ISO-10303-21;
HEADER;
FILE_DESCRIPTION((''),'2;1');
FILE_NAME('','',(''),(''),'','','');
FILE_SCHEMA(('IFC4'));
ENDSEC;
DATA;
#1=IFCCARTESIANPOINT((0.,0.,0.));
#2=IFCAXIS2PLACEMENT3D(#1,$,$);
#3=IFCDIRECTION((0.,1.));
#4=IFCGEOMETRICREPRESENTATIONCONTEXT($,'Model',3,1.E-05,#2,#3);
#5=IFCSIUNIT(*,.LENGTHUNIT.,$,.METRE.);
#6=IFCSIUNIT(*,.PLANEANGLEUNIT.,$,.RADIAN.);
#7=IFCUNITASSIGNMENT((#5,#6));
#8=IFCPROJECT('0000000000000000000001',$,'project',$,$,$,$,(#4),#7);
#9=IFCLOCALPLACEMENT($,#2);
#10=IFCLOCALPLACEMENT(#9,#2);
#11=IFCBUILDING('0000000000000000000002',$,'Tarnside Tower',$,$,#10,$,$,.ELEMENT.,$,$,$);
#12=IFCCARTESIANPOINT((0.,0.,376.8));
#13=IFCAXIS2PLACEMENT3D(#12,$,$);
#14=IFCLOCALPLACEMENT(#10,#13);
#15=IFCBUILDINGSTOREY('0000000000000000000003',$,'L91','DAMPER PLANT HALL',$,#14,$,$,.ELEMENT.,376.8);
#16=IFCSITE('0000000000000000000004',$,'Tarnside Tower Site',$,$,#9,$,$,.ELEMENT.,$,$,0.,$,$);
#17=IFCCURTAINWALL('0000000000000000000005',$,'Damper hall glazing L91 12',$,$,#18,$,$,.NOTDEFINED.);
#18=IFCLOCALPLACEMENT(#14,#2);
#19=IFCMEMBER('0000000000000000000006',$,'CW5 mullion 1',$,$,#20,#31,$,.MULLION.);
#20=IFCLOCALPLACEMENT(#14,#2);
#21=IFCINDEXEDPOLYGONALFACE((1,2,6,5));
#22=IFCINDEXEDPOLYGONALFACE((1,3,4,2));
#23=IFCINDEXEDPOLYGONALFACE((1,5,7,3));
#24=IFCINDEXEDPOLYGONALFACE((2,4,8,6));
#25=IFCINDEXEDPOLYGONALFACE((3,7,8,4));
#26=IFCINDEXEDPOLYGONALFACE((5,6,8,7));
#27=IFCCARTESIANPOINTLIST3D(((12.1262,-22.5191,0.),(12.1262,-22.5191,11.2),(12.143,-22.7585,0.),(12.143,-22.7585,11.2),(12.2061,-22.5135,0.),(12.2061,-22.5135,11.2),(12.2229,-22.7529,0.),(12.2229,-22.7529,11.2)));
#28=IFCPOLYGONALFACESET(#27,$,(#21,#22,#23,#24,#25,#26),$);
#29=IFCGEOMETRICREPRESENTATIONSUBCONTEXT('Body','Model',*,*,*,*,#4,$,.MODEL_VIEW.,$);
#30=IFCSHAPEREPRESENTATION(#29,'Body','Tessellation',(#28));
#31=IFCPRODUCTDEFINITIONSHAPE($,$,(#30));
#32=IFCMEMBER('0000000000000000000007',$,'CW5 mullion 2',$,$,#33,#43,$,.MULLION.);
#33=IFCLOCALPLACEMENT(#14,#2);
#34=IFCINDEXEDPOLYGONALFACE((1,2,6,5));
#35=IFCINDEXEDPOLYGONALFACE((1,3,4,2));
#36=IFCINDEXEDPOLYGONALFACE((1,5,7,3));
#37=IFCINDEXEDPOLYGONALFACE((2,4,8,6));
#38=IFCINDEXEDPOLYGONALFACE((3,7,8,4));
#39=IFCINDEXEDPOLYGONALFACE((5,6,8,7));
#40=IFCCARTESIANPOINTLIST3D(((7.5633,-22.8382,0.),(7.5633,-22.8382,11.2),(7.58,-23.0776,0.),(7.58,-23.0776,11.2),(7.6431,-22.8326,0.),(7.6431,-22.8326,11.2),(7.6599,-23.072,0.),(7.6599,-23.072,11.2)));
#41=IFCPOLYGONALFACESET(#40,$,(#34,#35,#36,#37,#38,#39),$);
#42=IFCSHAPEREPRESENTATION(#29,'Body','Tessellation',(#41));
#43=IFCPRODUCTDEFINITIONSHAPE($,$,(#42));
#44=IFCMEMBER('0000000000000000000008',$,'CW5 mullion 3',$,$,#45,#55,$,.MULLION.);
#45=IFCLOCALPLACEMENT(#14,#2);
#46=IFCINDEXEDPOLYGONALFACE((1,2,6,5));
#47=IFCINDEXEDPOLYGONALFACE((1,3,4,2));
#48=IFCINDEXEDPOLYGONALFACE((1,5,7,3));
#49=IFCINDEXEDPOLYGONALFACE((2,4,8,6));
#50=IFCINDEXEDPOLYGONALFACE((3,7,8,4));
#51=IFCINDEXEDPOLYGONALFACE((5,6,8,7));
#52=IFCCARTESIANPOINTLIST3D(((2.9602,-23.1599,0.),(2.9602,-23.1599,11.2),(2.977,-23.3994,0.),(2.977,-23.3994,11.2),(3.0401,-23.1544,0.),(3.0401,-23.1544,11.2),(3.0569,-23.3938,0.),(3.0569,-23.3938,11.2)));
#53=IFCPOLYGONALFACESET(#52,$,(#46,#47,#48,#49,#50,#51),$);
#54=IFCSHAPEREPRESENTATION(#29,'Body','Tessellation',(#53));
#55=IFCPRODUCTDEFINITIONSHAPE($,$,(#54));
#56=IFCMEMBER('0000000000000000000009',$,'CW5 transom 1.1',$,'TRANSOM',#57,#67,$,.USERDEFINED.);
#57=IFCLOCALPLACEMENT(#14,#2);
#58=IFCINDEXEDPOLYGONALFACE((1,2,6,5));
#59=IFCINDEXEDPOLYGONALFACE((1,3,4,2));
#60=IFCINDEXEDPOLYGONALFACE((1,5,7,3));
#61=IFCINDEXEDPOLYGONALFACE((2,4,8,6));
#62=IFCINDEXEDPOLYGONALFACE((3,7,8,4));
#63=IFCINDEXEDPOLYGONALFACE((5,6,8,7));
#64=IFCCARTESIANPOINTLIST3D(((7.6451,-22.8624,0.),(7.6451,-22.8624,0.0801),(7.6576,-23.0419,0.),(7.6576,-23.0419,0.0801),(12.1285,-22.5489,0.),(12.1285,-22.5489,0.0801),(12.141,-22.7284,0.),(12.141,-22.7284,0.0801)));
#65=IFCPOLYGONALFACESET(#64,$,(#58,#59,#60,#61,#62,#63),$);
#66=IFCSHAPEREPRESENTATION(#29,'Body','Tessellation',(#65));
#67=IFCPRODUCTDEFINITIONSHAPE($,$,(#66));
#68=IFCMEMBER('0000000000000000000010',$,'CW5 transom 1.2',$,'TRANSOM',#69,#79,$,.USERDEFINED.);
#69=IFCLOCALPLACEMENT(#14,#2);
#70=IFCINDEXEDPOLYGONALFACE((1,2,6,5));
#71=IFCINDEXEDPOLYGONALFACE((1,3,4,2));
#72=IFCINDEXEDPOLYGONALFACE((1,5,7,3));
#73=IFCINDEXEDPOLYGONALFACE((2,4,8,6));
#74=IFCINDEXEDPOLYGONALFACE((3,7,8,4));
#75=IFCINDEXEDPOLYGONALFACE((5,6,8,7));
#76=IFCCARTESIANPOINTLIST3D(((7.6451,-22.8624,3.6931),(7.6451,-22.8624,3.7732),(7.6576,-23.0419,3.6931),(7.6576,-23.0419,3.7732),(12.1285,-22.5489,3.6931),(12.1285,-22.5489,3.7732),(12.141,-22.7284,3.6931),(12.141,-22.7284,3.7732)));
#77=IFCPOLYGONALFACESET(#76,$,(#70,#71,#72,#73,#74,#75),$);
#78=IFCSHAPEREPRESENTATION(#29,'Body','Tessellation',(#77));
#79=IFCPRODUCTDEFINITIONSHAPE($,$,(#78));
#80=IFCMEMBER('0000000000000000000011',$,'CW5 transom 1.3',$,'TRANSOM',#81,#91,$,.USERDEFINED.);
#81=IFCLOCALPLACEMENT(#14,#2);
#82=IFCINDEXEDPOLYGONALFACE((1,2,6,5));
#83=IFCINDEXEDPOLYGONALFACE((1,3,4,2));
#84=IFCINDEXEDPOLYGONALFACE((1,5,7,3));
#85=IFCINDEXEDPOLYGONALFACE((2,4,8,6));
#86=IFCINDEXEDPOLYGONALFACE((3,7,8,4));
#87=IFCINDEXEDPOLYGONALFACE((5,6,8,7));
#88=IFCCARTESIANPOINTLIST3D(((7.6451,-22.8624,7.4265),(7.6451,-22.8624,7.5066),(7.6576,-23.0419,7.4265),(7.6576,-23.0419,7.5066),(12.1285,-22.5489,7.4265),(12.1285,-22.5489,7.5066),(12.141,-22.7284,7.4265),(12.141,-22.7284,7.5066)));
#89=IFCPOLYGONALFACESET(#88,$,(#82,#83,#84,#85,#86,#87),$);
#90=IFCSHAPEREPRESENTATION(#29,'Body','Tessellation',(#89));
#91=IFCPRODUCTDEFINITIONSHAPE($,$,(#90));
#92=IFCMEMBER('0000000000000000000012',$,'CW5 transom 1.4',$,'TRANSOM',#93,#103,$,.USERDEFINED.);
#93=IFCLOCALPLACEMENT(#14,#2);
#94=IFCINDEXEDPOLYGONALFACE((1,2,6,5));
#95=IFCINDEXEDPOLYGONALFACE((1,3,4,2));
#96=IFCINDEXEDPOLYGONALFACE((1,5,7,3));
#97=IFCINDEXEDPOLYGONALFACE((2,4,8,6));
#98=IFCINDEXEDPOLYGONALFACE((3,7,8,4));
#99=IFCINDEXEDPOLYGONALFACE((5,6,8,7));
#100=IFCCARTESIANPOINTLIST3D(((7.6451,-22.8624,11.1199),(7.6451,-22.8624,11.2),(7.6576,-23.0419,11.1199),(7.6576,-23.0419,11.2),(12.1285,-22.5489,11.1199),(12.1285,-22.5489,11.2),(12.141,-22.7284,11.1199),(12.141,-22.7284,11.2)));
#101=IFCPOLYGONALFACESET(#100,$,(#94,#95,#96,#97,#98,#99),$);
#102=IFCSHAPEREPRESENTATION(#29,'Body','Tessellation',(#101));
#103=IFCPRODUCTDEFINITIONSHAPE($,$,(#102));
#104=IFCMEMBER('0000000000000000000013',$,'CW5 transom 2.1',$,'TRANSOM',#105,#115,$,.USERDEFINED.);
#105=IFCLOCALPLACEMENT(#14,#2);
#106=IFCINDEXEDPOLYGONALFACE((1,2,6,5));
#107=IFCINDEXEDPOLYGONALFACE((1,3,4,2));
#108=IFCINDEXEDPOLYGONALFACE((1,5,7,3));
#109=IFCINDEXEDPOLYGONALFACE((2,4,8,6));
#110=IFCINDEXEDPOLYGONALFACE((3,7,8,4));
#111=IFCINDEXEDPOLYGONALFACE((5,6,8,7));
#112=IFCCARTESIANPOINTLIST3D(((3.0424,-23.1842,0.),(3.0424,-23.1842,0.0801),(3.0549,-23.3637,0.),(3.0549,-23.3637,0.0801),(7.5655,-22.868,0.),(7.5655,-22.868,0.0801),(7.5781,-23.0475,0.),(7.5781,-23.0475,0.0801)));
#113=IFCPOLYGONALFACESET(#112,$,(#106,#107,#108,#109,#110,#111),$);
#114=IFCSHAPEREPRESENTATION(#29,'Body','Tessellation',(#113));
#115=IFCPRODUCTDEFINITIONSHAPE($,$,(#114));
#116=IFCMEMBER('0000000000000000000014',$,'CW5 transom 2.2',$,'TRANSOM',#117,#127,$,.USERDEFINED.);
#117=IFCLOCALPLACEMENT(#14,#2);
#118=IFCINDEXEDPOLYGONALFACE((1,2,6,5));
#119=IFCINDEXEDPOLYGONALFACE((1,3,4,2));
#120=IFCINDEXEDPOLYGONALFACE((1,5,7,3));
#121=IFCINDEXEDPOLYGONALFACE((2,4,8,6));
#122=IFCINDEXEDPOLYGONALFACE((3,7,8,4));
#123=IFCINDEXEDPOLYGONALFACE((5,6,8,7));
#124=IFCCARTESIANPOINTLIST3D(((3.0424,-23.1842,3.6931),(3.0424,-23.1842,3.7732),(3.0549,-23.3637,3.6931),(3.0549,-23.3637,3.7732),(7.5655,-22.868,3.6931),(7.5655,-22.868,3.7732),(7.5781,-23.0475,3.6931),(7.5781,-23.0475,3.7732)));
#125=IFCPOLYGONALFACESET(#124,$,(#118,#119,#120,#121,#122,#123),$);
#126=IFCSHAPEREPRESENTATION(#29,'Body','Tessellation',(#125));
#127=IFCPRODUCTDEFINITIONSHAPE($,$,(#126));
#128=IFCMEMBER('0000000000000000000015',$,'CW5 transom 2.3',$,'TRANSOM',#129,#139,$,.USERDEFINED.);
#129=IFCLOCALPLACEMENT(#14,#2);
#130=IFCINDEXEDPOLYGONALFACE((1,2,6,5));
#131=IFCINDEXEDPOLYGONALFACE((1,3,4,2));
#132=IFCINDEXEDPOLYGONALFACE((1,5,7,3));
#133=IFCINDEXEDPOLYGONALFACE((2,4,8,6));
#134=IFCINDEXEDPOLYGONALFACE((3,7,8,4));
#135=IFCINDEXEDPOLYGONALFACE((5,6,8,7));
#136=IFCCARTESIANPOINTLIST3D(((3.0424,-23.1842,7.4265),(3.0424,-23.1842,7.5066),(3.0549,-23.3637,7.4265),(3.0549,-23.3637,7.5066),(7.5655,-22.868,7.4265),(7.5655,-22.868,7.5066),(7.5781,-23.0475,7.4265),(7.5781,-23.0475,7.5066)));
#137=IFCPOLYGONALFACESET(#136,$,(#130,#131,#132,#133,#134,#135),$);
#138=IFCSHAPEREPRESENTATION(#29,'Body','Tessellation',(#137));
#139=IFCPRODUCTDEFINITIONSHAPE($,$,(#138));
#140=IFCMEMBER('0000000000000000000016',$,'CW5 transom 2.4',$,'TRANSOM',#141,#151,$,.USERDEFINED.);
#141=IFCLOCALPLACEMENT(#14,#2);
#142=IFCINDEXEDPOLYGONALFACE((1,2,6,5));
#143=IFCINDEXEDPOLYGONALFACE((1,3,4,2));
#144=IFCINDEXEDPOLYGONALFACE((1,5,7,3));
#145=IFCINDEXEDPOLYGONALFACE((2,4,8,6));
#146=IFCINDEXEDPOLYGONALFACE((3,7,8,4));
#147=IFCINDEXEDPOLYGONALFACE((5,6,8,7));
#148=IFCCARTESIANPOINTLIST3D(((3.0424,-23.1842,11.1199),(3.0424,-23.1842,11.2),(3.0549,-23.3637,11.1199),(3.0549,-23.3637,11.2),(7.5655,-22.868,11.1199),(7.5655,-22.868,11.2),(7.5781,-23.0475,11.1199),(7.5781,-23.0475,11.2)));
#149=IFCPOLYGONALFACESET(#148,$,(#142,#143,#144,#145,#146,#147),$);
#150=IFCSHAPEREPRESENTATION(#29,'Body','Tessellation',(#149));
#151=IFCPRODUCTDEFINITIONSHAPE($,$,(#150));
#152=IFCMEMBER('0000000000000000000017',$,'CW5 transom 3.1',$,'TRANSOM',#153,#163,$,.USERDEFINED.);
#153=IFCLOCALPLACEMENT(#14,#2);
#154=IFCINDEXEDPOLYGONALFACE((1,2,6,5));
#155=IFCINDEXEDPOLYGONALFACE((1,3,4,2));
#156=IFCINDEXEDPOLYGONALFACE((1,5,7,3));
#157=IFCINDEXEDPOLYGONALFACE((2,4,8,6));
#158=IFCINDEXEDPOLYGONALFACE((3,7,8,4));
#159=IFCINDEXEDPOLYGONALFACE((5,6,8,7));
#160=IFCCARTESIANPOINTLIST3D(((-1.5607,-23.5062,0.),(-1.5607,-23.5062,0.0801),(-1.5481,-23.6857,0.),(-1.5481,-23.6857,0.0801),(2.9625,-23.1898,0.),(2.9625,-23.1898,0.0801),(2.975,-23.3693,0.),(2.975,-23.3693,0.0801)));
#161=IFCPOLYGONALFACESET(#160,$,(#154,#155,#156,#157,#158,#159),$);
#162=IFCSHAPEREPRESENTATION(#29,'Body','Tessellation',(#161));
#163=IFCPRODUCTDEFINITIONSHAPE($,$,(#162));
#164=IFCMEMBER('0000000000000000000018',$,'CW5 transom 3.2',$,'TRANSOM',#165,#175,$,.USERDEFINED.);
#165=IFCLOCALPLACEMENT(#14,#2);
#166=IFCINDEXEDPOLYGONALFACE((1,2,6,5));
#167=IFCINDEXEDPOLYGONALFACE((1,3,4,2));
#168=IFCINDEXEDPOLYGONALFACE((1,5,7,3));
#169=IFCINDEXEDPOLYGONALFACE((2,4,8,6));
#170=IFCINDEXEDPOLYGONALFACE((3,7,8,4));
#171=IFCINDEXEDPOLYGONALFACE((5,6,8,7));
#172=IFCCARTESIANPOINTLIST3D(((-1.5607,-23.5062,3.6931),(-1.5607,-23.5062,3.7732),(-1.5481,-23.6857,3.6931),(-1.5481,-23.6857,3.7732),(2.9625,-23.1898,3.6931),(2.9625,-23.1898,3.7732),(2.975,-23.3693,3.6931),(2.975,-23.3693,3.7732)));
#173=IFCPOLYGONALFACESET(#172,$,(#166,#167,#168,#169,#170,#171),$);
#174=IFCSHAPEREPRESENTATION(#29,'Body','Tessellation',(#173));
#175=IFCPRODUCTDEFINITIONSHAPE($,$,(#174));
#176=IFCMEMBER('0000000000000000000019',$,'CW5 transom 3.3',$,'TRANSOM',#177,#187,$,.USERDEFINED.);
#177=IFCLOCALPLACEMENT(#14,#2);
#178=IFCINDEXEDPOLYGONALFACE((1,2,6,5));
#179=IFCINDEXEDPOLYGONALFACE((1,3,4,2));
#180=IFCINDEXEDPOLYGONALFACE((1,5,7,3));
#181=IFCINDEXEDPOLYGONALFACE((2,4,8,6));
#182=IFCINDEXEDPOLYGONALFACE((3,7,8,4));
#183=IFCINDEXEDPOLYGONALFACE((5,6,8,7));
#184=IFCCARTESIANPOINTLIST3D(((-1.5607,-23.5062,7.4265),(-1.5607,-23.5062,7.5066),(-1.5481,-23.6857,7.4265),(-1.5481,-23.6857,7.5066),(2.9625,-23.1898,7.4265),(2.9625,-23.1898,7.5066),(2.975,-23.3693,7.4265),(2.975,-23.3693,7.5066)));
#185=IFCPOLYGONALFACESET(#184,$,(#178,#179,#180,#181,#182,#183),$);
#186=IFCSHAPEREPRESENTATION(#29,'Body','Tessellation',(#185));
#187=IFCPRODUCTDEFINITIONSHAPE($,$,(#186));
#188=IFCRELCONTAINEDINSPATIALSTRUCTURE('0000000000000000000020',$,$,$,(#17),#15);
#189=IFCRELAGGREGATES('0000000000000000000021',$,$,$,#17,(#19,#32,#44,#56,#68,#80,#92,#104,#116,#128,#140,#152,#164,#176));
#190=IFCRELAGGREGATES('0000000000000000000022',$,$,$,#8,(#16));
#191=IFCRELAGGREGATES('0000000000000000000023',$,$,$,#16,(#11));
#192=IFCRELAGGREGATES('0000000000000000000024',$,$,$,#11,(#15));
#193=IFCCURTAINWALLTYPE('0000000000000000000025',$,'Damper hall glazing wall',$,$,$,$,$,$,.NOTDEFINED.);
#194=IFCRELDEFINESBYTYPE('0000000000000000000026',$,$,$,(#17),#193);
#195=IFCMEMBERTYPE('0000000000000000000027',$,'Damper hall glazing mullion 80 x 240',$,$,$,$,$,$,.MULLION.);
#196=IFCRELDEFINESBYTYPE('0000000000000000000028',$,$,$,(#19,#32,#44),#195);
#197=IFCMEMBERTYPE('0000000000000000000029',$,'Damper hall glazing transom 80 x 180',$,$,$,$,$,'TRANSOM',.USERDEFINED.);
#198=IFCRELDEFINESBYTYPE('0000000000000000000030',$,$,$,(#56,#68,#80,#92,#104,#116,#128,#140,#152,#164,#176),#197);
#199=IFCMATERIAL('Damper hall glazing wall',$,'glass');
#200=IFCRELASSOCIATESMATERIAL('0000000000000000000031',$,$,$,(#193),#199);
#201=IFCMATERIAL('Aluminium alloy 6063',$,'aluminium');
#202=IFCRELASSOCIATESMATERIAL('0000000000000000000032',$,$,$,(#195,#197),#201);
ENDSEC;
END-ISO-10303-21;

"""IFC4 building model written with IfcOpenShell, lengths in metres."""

from ifc_helpers import new_model, si_unit, direction, frame, origin, origin_2d, place, context, subcontext, project, spatial, rectangle, extrude, material, material_profile, profile_set, type_object, element, aggregate, save


model = new_model("IFC4")

# Units and contexts
model_context = context("Model", 3, precision=1e-05, world=origin(), true_north=direction((0.0, 1.0)))
body_context = subcontext(model_context, "Body", "Model", "MODEL_VIEW")
ifc_project = project(units=[si_unit("LENGTHUNIT", "METRE"), si_unit("PLANEANGLEUNIT", "RADIAN")], contexts=[model_context])

# Site, building, storey
site_placement = place(None, origin())
site = spatial("IfcSite", under=ifc_project, at=site_placement, Name="Tarnside Tower Site", CompositionType="ELEMENT", RefElevation=0.0)
building_placement = place(site_placement, origin())
building = spatial("IfcBuilding", under=site, at=building_placement, Name="Tarnside Tower", CompositionType="ELEMENT")
storey_placement = place(building_placement, frame((0.0, 0.0, 376.8)))
storey = spatial("IfcBuildingStorey", under=building, at=storey_placement, Name="L91", Description="DAMPER PLANT HALL", CompositionType="ELEMENT", Elevation=376.8)

# Shared definitions
ifc_material_1 = material(Name="Damper hall glazing wall", Category="glass")
curtain_wall_type = type_object("IfcCurtainWallType", Name="Damper hall glazing wall", PredefinedType="NOTDEFINED", material=ifc_material_1)
ifc_material_2 = material(Name="Aluminium alloy 6063", Category="aluminium")
ifc_material_profile_1 = material_profile(ifc_material_2, rectangle(XDim=0.24, YDim=0.0801, at=origin_2d()), Name="Damper hall glazing mullion 80 x 240")
ifc_profile_set_1 = profile_set([ifc_material_profile_1], Name="Aluminium alloy 6063")
member_type_1 = type_object("IfcMemberType", Name="Damper hall glazing mullion 80 x 240", PredefinedType="MULLION", material=ifc_profile_set_1)

# Curtain wall, members
curtain_wall_1_placement = place(storey_placement, origin())
curtain_wall_1 = element("IfcCurtainWall", 1, at=curtain_wall_1_placement, inside=storey, type_object=curtain_wall_type, Name="Damper hall glazing L91 12", PredefinedType="NOTDEFINED")
member_1_placement = place(storey_placement, frame((12.1746, -22.636, 0.0), z_axis=(0.0, 0.0, 1.0), x_axis=(0.069756, -0.997564, 0.0)))
member_1 = element("IfcMember", 2, at=member_1_placement, type_object=member_type_1, Name="CW5 mullion 1", PredefinedType="MULLION", context=body_context, shape_type="SweptSolid", body=[
    extrude(rectangle(XDim=0.24, YDim=0.0801, at=origin_2d()), origin(), (0.0, 0.0, 1.0), 11.2),
])
member_2_placement = place(storey_placement, frame((7.6116, -22.9551, 0.0), z_axis=(0.0, 0.0, 1.0), x_axis=(0.069756, -0.997564, 0.0)))
member_2 = element("IfcMember", 3, at=member_2_placement, type_object=member_type_1, Name="CW5 mullion 2", PredefinedType="MULLION", context=body_context, shape_type="SweptSolid", body=[
    extrude(rectangle(XDim=0.24, YDim=0.0801, at=origin_2d()), origin(), (0.0, 0.0, 1.0), 11.2),
])
member_3_placement = place(storey_placement, frame((3.0085, -23.2769, 0.0), z_axis=(0.0, 0.0, 1.0), x_axis=(0.069756, -0.997564, 0.0)))
member_3 = element("IfcMember", 4, at=member_3_placement, type_object=member_type_1, Name="CW5 mullion 3", PredefinedType="MULLION", context=body_context, shape_type="SweptSolid", body=[
    extrude(rectangle(XDim=0.24, YDim=0.0801, at=origin_2d()), origin(), (0.0, 0.0, 1.0), 11.2),
])
ifc_material_profile_2 = material_profile(ifc_material_2, rectangle(XDim=0.1799, YDim=0.0801, at=origin_2d()), Name="Damper hall glazing transom 80 x 180")
ifc_profile_set_2 = profile_set([ifc_material_profile_2], Name="Aluminium alloy 6063")
member_type_2 = type_object("IfcMemberType", Name="Damper hall glazing transom 80 x 180", ElementType="TRANSOM", PredefinedType="USERDEFINED", material=ifc_profile_set_2)
member_4_placement = place(storey_placement, frame((12.1348, -22.6387, 0.04), z_axis=(-0.997565, -0.069749, 0.0), x_axis=(0.069749, -0.997565, 0.0)))
member_4 = element("IfcMember", 5, at=member_4_placement, type_object=member_type_2, Name="CW5 transom 1.1", ObjectType="TRANSOM", PredefinedType="USERDEFINED", context=body_context, shape_type="SweptSolid", body=[
    extrude(rectangle(XDim=0.1799, YDim=0.0801, at=origin_2d()), origin(), (0.0, 0.0, 1.0), 4.4944),
])
member_5_placement = place(storey_placement, frame((12.1348, -22.6387, 3.7332), z_axis=(-0.997565, -0.069749, 0.0), x_axis=(0.069749, -0.997565, 0.0)))
member_5 = element("IfcMember", 6, at=member_5_placement, type_object=member_type_2, Name="CW5 transom 1.2", ObjectType="TRANSOM", PredefinedType="USERDEFINED", context=body_context, shape_type="SweptSolid", body=[
    extrude(rectangle(XDim=0.1799, YDim=0.0801, at=origin_2d()), origin(), (0.0, 0.0, 1.0), 4.4944),
])
member_6_placement = place(storey_placement, frame((12.1348, -22.6387, 7.4666), z_axis=(-0.997565, -0.069749, 0.0), x_axis=(0.069749, -0.997565, 0.0)))
member_6 = element("IfcMember", 7, at=member_6_placement, type_object=member_type_2, Name="CW5 transom 1.3", ObjectType="TRANSOM", PredefinedType="USERDEFINED", context=body_context, shape_type="SweptSolid", body=[
    extrude(rectangle(XDim=0.1799, YDim=0.0801, at=origin_2d()), origin(), (0.0, 0.0, 1.0), 4.4944),
])
member_7_placement = place(storey_placement, frame((12.1348, -22.6387, 11.1599), z_axis=(-0.997565, -0.069749, 0.0), x_axis=(0.069749, -0.997565, 0.0)))
member_7 = element("IfcMember", 8, at=member_7_placement, type_object=member_type_2, Name="CW5 transom 1.4", ObjectType="TRANSOM", PredefinedType="USERDEFINED", context=body_context, shape_type="SweptSolid", body=[
    extrude(rectangle(XDim=0.1799, YDim=0.0801, at=origin_2d()), origin(), (0.0, 0.0, 1.0), 4.4944),
])
member_8_placement = place(storey_placement, frame((7.5718, -22.9578, 0.04), z_axis=(-0.997566, -0.069728, 0.0), x_axis=(0.069728, -0.997566, 0.0)))
member_8 = element("IfcMember", 9, at=member_8_placement, type_object=member_type_2, Name="CW5 transom 2.1", ObjectType="TRANSOM", PredefinedType="USERDEFINED", context=body_context, shape_type="SweptSolid", body=[
    extrude(rectangle(XDim=0.1799, YDim=0.0801, at=origin_2d()), origin(), (0.0, 0.0, 1.0), 4.5342),
])
member_9_placement = place(storey_placement, frame((7.5718, -22.9578, 3.7332), z_axis=(-0.997566, -0.069728, 0.0), x_axis=(0.069728, -0.997566, 0.0)))
member_9 = element("IfcMember", 10, at=member_9_placement, type_object=member_type_2, Name="CW5 transom 2.2", ObjectType="TRANSOM", PredefinedType="USERDEFINED", context=body_context, shape_type="SweptSolid", body=[
    extrude(rectangle(XDim=0.1799, YDim=0.0801, at=origin_2d()), origin(), (0.0, 0.0, 1.0), 4.5342),
])
member_10_placement = place(storey_placement, frame((7.5718, -22.9578, 7.4666), z_axis=(-0.997566, -0.069728, 0.0), x_axis=(0.069728, -0.997566, 0.0)))
member_10 = element("IfcMember", 11, at=member_10_placement, type_object=member_type_2, Name="CW5 transom 2.3", ObjectType="TRANSOM", PredefinedType="USERDEFINED", context=body_context, shape_type="SweptSolid", body=[
    extrude(rectangle(XDim=0.1799, YDim=0.0801, at=origin_2d()), origin(), (0.0, 0.0, 1.0), 4.5342),
])
member_11_placement = place(storey_placement, frame((7.5718, -22.9578, 11.1599), z_axis=(-0.997566, -0.069728, 0.0), x_axis=(0.069728, -0.997566, 0.0)))
member_11 = element("IfcMember", 12, at=member_11_placement, type_object=member_type_2, Name="CW5 transom 2.4", ObjectType="TRANSOM", PredefinedType="USERDEFINED", context=body_context, shape_type="SweptSolid", body=[
    extrude(rectangle(XDim=0.1799, YDim=0.0801, at=origin_2d()), origin(), (0.0, 0.0, 1.0), 4.5342),
])
member_12_placement = place(storey_placement, frame((2.9688, -23.2795, 0.04), z_axis=(-0.997562, -0.069781, 0.0), x_axis=(0.069781, -0.997562, 0.0)))
member_12 = element("IfcMember", 13, at=member_12_placement, type_object=member_type_2, Name="CW5 transom 3.1", ObjectType="TRANSOM", PredefinedType="USERDEFINED", context=body_context, shape_type="SweptSolid", body=[
    extrude(rectangle(XDim=0.1799, YDim=0.0801, at=origin_2d()), origin(), (0.0, 0.0, 1.0), 4.5342),
])
member_13_placement = place(storey_placement, frame((2.9688, -23.2795, 3.7332), z_axis=(-0.997562, -0.069781, 0.0), x_axis=(0.069781, -0.997562, 0.0)))
member_13 = element("IfcMember", 14, at=member_13_placement, type_object=member_type_2, Name="CW5 transom 3.2", ObjectType="TRANSOM", PredefinedType="USERDEFINED", context=body_context, shape_type="SweptSolid", body=[
    extrude(rectangle(XDim=0.1799, YDim=0.0801, at=origin_2d()), origin(), (0.0, 0.0, 1.0), 4.5342),
])
member_14_placement = place(storey_placement, frame((2.9688, -23.2795, 7.4666), z_axis=(-0.997562, -0.069781, 0.0), x_axis=(0.069781, -0.997562, 0.0)))
member_14 = element("IfcMember", 15, at=member_14_placement, type_object=member_type_2, Name="CW5 transom 3.3", ObjectType="TRANSOM", PredefinedType="USERDEFINED", context=body_context, shape_type="SweptSolid", body=[
    extrude(rectangle(XDim=0.1799, YDim=0.0801, at=origin_2d()), origin(), (0.0, 0.0, 1.0), 4.5342),
])

aggregate(curtain_wall_1, [member_1, member_2, member_3, member_4, member_5, member_6, member_7, member_8, member_9, member_10, member_11, member_12, member_13, member_14])

save(model, "model.ifc")
